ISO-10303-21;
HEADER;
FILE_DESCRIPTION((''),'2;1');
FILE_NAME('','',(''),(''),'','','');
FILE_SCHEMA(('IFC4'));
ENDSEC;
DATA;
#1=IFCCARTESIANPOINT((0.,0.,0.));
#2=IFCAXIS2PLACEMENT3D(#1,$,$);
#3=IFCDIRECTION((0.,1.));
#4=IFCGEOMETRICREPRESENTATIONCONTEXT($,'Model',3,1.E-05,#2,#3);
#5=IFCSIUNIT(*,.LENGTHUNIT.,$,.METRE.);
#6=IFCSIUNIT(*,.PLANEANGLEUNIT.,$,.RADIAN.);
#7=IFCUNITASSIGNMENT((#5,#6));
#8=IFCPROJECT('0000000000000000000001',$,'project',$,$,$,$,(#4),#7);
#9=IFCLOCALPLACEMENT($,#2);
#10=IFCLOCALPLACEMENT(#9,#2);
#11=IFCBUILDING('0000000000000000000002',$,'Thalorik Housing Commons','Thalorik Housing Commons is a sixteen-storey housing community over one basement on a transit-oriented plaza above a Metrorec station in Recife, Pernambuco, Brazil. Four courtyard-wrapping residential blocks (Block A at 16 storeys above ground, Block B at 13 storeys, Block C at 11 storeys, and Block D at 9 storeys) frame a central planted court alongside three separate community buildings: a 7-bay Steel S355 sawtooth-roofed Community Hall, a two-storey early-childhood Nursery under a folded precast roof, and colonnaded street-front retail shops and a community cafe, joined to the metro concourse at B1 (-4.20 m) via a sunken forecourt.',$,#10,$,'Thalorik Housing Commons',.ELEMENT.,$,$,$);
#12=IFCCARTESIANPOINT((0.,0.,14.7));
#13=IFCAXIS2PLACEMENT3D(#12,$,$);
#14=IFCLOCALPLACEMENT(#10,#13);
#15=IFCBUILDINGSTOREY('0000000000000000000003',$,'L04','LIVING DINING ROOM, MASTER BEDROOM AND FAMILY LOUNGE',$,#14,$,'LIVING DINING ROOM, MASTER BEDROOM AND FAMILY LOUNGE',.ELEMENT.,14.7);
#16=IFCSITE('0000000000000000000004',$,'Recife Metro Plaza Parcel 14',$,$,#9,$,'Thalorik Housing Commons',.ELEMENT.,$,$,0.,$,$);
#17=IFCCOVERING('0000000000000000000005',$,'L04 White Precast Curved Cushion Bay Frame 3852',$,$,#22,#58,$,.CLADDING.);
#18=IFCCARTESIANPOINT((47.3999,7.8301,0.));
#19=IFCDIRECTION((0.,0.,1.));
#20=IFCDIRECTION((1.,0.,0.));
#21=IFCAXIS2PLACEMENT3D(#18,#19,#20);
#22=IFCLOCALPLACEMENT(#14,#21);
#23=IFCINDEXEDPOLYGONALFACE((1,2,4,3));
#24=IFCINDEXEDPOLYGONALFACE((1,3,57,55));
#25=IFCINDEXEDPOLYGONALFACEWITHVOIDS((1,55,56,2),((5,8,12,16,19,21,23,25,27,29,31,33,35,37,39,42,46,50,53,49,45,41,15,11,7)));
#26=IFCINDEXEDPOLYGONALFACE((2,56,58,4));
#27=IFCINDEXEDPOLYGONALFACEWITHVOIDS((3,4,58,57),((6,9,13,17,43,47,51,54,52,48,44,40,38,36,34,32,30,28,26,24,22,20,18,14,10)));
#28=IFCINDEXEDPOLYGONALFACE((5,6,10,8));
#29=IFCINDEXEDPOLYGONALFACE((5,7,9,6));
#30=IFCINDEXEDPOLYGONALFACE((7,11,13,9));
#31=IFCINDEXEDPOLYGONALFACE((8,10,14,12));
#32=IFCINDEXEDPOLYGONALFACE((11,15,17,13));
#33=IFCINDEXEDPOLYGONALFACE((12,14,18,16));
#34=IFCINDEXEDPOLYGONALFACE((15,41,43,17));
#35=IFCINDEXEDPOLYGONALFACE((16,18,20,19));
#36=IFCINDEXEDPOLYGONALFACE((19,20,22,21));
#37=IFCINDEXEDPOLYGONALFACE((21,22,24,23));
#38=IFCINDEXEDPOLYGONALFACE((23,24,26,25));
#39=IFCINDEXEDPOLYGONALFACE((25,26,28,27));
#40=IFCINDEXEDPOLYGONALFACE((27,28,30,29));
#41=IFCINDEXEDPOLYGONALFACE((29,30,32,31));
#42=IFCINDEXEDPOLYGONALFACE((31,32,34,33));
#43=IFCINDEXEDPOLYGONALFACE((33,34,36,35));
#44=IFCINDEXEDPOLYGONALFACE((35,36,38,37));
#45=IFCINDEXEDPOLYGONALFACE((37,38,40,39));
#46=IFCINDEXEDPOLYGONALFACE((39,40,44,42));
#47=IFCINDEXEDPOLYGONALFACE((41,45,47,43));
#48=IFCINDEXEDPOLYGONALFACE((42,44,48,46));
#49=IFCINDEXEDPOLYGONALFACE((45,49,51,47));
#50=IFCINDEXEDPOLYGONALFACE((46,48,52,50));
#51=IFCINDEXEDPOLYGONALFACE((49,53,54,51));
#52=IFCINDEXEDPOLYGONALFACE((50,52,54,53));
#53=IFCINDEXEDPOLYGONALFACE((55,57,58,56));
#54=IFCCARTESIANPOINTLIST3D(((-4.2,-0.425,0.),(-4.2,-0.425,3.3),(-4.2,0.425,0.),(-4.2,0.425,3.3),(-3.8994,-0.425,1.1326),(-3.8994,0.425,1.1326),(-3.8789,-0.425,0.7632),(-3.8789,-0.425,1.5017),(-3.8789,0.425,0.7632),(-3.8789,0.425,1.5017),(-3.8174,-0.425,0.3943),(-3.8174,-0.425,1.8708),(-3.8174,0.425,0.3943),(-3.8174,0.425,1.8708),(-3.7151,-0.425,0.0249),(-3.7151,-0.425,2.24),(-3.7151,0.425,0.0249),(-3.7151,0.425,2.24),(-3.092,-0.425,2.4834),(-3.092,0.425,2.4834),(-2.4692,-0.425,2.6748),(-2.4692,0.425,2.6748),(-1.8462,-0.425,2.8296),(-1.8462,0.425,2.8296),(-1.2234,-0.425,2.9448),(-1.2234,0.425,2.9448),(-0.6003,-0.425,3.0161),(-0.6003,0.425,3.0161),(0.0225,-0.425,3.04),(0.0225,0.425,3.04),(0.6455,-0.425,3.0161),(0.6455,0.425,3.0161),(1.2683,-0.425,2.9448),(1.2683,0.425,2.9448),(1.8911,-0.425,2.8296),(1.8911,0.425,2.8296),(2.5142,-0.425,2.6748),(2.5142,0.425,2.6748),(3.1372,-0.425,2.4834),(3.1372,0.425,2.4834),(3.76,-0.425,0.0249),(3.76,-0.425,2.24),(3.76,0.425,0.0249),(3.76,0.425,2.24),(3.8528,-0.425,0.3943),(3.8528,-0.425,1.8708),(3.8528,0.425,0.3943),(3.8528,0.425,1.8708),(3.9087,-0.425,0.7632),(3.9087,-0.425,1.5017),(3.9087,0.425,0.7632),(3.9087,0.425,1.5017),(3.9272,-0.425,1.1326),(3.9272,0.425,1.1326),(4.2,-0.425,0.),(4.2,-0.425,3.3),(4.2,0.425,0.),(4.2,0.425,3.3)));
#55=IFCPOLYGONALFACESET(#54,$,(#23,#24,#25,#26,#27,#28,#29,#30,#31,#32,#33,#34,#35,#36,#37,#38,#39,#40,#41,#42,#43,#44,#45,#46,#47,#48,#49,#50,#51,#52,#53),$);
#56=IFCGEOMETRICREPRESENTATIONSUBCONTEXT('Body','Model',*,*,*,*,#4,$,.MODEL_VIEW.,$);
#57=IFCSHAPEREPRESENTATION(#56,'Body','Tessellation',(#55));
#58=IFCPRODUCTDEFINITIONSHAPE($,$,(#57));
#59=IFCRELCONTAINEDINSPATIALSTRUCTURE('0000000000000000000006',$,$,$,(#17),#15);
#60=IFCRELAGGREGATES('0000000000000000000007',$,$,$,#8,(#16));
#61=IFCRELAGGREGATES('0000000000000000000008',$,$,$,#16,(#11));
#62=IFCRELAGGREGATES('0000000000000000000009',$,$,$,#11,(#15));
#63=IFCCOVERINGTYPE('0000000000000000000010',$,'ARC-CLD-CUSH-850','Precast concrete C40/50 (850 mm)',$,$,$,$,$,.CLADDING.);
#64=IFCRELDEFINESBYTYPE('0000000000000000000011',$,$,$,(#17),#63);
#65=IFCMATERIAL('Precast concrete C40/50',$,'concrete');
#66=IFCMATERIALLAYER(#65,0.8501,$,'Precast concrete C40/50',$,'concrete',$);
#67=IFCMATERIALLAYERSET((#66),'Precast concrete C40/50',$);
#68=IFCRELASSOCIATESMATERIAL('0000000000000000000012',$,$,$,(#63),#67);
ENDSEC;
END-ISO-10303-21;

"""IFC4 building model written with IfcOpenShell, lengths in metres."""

from ifc_helpers import new_model, si_unit, direction, frame, origin, place, context, subcontext, project, spatial, polyline, outline, extrude, material, layer, layer_set, type_object, element, save


model = new_model("IFC4")

# Units and contexts
model_context = context("Model", 3, precision=1e-05, world=origin(), true_north=direction((0.0, 1.0)))
body_context = subcontext(model_context, "Body", "Model", "MODEL_VIEW")
ifc_project = project(units=[si_unit("LENGTHUNIT", "METRE"), si_unit("PLANEANGLEUNIT", "RADIAN")], contexts=[model_context])

# Site, building, storey
site_placement = place(None, origin())
site = spatial("IfcSite", under=ifc_project, at=site_placement, Name="Recife Metro Plaza Parcel 14", LongName="Thalorik Housing Commons", CompositionType="ELEMENT", RefElevation=0.0)
building_placement = place(site_placement, origin())
building = spatial("IfcBuilding", under=site, at=building_placement, Name="Thalorik Housing Commons", Description="Thalorik Housing Commons is a sixteen-storey housing community over one basement on a transit-oriented plaza above a Metrorec station in Recife, Pernambuco, Brazil. Four courtyard-wrapping residential blocks (Block A at 16 storeys above ground, Block B at 13 storeys, Block C at 11 storeys, and Block D at 9 storeys) frame a central planted court alongside three separate community buildings: a 7-bay Steel S355 sawtooth-roofed Community Hall, a two-storey early-childhood Nursery under a folded precast roof, and colonnaded street-front retail shops and a community cafe, joined to the metro concourse at B1 (-4.20 m) via a sunken forecourt.", LongName="Thalorik Housing Commons", CompositionType="ELEMENT")
storey_placement = place(building_placement, frame((0.0, 0.0, 14.7)))
storey = spatial("IfcBuildingStorey", under=building, at=storey_placement, Name="L04", Description="LIVING DINING ROOM, MASTER BEDROOM AND FAMILY LOUNGE", LongName="LIVING DINING ROOM, MASTER BEDROOM AND FAMILY LOUNGE", CompositionType="ELEMENT", Elevation=14.7)

# Shared definitions
ifc_material_1 = material(Name="Precast concrete C40/50", Category="concrete")

# Covering
ifc_layer_1 = layer(ifc_material_1, 0.8501, Name="Precast concrete C40/50", Category="concrete")
ifc_layer_set_1 = layer_set([ifc_layer_1], Name="Precast concrete C40/50")
covering_type_1 = type_object("IfcCoveringType", Name="ARC-CLD-CUSH-850", Description="Precast concrete C40/50 (850 mm)", PredefinedType="CLADDING", material=ifc_layer_set_1)
covering_1_placement = place(storey_placement, frame((47.3999, 7.8301, 0.0), z_axis=(0.0, 0.0, 1.0), x_axis=(1.0, 0.0, 0.0)))
element("IfcCovering", 1, at=covering_1_placement, inside=storey, type_object=covering_type_1, Name="L04 White Precast Curved Cushion Bay Frame 3852", PredefinedType="CLADDING", context=body_context, shape_type="SweptSolid", body=[
    extrude(outline(polyline([(-4.2, 0.0), (4.2, 0.0), (4.2, 3.3), (-4.2, 3.3), (-4.2, 0.0)]), holes=[polyline([(3.76, 0.0249), (3.8528, 0.3943), (3.9087, 0.7632), (3.9272, 1.1326), (3.9087, 1.5017), (3.8528, 1.8708), (3.76, 2.24), (3.1372, 2.4834), (2.5142, 2.6748), (1.8911, 2.8296), (1.2683, 2.9448), (0.6455, 3.0161), (0.0225, 3.04), (-0.6003, 3.0161), (-1.2234, 2.9448), (-1.8462, 2.8296), (-2.4692, 2.6748), (-3.092, 2.4834), (-3.7151, 2.24), (-3.8174, 1.8708), (-3.8789, 1.5017), (-3.8994, 1.1326), (-3.8789, 0.7632), (-3.8174, 0.3943), (-3.7151, 0.0249), (3.76, 0.0249)])]), frame((0.0, 0.425, 0.0), z_axis=(0.0, -1.0, 0.0), x_axis=(1.0, 0.0, 0.0)), (0.0, 0.0, 1.0), 0.8501),
])

save(model, "model.ifc")
